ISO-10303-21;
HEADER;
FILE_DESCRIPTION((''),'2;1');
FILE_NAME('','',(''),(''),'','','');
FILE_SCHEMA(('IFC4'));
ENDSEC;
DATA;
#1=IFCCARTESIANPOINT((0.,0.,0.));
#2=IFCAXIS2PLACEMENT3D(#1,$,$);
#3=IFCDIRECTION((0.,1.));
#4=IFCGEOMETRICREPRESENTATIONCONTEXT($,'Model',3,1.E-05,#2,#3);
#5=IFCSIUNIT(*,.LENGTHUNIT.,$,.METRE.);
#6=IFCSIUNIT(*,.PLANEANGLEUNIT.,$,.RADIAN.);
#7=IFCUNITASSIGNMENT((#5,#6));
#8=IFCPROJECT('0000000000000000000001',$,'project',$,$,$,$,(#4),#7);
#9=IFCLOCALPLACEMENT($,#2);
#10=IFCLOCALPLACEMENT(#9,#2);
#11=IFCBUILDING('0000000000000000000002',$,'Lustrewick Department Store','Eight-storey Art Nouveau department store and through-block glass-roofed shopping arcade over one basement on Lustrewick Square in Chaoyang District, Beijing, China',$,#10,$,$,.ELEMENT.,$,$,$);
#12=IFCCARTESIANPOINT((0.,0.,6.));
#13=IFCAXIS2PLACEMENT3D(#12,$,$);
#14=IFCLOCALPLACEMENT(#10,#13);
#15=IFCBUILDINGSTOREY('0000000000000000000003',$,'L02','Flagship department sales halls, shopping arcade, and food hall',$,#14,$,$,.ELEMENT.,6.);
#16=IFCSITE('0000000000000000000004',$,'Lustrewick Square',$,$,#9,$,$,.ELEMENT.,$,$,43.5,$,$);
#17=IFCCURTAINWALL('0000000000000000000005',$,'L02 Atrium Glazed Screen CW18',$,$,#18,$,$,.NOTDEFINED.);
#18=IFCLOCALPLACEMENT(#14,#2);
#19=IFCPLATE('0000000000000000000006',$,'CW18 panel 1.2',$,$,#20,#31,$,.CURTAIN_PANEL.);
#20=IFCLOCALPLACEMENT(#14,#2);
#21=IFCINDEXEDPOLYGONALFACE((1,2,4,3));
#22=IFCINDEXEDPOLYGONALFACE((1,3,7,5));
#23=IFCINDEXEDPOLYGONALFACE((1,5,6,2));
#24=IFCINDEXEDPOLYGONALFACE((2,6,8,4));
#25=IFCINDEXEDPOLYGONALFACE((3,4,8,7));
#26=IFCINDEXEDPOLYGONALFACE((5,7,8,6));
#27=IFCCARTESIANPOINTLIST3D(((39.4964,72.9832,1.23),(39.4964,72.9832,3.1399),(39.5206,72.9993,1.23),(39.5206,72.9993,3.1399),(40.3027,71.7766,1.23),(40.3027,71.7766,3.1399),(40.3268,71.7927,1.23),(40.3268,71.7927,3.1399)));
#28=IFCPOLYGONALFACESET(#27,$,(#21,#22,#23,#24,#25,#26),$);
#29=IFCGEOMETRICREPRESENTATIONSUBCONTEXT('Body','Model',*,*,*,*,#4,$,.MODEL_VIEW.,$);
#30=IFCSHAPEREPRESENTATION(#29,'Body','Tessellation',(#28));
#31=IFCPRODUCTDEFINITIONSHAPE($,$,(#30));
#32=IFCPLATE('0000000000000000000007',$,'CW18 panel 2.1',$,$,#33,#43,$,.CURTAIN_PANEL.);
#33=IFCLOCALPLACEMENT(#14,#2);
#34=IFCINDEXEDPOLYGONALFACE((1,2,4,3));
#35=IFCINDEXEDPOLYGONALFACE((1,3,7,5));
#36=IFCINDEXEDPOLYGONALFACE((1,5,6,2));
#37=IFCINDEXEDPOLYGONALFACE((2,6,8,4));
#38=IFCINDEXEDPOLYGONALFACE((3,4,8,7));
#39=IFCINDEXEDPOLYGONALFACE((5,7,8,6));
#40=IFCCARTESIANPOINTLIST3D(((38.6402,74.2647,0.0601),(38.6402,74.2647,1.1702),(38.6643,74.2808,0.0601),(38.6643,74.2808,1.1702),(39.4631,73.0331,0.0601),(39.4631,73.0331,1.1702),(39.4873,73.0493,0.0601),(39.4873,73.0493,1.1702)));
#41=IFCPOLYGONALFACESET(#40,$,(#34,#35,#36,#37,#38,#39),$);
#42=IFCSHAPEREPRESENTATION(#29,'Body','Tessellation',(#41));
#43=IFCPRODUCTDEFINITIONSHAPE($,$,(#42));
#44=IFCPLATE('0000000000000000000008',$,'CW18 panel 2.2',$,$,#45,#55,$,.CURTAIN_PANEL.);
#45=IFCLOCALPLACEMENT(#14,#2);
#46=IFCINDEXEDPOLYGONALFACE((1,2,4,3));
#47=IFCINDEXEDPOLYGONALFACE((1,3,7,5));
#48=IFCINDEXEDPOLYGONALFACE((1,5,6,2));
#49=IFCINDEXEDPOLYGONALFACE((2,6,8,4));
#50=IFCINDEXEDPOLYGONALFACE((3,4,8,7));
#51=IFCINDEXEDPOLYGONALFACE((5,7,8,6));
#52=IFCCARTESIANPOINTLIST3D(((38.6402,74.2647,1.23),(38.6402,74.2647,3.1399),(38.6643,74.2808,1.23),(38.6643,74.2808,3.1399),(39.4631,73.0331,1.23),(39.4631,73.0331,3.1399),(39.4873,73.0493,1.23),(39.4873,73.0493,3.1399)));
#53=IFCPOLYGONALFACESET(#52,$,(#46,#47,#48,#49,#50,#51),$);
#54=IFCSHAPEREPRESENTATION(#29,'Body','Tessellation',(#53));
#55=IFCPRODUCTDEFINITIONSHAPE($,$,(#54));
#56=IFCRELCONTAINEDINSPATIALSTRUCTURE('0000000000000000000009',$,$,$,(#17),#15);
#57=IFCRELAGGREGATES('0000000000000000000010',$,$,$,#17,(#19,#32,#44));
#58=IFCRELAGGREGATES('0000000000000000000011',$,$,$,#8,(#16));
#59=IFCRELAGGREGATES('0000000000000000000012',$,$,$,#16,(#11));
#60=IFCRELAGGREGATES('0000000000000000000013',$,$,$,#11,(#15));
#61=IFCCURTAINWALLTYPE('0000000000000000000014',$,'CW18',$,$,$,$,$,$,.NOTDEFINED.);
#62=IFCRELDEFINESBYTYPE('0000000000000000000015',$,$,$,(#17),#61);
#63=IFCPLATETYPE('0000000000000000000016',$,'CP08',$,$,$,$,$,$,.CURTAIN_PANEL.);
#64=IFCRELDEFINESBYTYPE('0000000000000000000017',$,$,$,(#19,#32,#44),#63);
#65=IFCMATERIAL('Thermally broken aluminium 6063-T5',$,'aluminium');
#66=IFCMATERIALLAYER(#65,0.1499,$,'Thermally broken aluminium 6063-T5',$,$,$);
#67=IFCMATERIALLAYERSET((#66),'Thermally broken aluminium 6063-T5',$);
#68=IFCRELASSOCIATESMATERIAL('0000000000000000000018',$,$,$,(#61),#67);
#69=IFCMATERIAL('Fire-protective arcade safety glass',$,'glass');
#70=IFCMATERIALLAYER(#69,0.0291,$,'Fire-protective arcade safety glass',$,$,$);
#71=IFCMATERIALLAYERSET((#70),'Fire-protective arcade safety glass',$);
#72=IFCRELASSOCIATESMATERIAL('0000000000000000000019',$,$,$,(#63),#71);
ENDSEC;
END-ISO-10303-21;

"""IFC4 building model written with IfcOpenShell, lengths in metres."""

from ifc_helpers import new_model, si_unit, direction, frame, origin, origin_2d, place, context, subcontext, project, spatial, rectangle, extrude, material, layer, layer_set, type_object, element, aggregate, save


model = new_model("IFC4")

# Units and contexts
model_context = context("Model", 3, precision=1e-05, world=origin(), true_north=direction((0.0, 1.0)))
body_context = subcontext(model_context, "Body", "Model", "MODEL_VIEW")
ifc_project = project(units=[si_unit("LENGTHUNIT", "METRE"), si_unit("PLANEANGLEUNIT", "RADIAN")], contexts=[model_context])

# Site, building, storey
site_placement = place(None, origin())
site = spatial("IfcSite", under=ifc_project, at=site_placement, Name="Lustrewick Square", CompositionType="ELEMENT", RefElevation=43.5)
building_placement = place(site_placement, origin())
building = spatial("IfcBuilding", under=site, at=building_placement, Name="Lustrewick Department Store", Description="Eight-storey Art Nouveau department store and through-block glass-roofed shopping arcade over one basement on Lustrewick Square in Chaoyang District, Beijing, China", CompositionType="ELEMENT")
storey_placement = place(building_placement, frame((0.0, 0.0, 6.0)))
storey = spatial("IfcBuildingStorey", under=building, at=storey_placement, Name="L02", Description="Flagship department sales halls, shopping arcade, and food hall", CompositionType="ELEMENT", Elevation=6.0)

# Curtain wall
ifc_material_1 = material(Name="Thermally broken aluminium 6063-T5", Category="aluminium")
ifc_layer_1 = layer(ifc_material_1, 0.1499, Name="Thermally broken aluminium 6063-T5")
ifc_layer_set_1 = layer_set([ifc_layer_1], Name="Thermally broken aluminium 6063-T5")
curtain_wall_type_1 = type_object("IfcCurtainWallType", Name="CW18", PredefinedType="NOTDEFINED", material=ifc_layer_set_1)
curtain_wall_1_placement = place(storey_placement, origin())
curtain_wall_1 = element("IfcCurtainWall", 1, at=curtain_wall_1_placement, inside=storey, type_object=curtain_wall_type_1, Name="L02 Atrium Glazed Screen CW18", PredefinedType="NOTDEFINED")

# Plates
ifc_material_2 = material(Name="Fire-protective arcade safety glass", Category="glass")
ifc_layer_2 = layer(ifc_material_2, 0.0291, Name="Fire-protective arcade safety glass")
ifc_layer_set_2 = layer_set([ifc_layer_2], Name="Fire-protective arcade safety glass")
plate_type_1 = type_object("IfcPlateType", Name="CP08", PredefinedType="CURTAIN_PANEL", material=ifc_layer_set_2)
plate_1_placement = place(storey_placement, frame((39.9116, 72.3879, 1.23), z_axis=(0.0, 0.0, 1.0), x_axis=(-0.555578, 0.831464, 0.0)))
plate_1 = element("IfcPlate", 2, at=plate_1_placement, type_object=plate_type_1, Name="CW18 panel 1.2", PredefinedType="CURTAIN_PANEL", context=body_context, shape_type="SweptSolid", body=[
    extrude(rectangle(XDim=1.4512, YDim=0.0291, at=origin_2d()), origin(), (0.0, 0.0, 1.0), 1.9099),
])
plate_2_placement = place(storey_placement, frame((39.0637, 73.657, 0.0601), z_axis=(0.0, 0.0, 1.0), x_axis=(-0.555578, 0.831464, 0.0)))
plate_2 = element("IfcPlate", 3, at=plate_2_placement, type_object=plate_type_1, Name="CW18 panel 2.1", PredefinedType="CURTAIN_PANEL", context=body_context, shape_type="SweptSolid", body=[
    extrude(rectangle(XDim=1.4812, YDim=0.0291, at=origin_2d()), origin(), (0.0, 0.0, 1.0), 1.1101),
])
plate_3_placement = place(storey_placement, frame((39.0637, 73.657, 1.23), z_axis=(0.0, 0.0, 1.0), x_axis=(-0.555578, 0.831464, 0.0)))
plate_3 = element("IfcPlate", 4, at=plate_3_placement, type_object=plate_type_1, Name="CW18 panel 2.2", PredefinedType="CURTAIN_PANEL", context=body_context, shape_type="SweptSolid", body=[
    extrude(rectangle(XDim=1.4812, YDim=0.0291, at=origin_2d()), origin(), (0.0, 0.0, 1.0), 1.9099),
])
aggregate(curtain_wall_1, [plate_1, plate_2, plate_3])

save(model, "model.ifc")
